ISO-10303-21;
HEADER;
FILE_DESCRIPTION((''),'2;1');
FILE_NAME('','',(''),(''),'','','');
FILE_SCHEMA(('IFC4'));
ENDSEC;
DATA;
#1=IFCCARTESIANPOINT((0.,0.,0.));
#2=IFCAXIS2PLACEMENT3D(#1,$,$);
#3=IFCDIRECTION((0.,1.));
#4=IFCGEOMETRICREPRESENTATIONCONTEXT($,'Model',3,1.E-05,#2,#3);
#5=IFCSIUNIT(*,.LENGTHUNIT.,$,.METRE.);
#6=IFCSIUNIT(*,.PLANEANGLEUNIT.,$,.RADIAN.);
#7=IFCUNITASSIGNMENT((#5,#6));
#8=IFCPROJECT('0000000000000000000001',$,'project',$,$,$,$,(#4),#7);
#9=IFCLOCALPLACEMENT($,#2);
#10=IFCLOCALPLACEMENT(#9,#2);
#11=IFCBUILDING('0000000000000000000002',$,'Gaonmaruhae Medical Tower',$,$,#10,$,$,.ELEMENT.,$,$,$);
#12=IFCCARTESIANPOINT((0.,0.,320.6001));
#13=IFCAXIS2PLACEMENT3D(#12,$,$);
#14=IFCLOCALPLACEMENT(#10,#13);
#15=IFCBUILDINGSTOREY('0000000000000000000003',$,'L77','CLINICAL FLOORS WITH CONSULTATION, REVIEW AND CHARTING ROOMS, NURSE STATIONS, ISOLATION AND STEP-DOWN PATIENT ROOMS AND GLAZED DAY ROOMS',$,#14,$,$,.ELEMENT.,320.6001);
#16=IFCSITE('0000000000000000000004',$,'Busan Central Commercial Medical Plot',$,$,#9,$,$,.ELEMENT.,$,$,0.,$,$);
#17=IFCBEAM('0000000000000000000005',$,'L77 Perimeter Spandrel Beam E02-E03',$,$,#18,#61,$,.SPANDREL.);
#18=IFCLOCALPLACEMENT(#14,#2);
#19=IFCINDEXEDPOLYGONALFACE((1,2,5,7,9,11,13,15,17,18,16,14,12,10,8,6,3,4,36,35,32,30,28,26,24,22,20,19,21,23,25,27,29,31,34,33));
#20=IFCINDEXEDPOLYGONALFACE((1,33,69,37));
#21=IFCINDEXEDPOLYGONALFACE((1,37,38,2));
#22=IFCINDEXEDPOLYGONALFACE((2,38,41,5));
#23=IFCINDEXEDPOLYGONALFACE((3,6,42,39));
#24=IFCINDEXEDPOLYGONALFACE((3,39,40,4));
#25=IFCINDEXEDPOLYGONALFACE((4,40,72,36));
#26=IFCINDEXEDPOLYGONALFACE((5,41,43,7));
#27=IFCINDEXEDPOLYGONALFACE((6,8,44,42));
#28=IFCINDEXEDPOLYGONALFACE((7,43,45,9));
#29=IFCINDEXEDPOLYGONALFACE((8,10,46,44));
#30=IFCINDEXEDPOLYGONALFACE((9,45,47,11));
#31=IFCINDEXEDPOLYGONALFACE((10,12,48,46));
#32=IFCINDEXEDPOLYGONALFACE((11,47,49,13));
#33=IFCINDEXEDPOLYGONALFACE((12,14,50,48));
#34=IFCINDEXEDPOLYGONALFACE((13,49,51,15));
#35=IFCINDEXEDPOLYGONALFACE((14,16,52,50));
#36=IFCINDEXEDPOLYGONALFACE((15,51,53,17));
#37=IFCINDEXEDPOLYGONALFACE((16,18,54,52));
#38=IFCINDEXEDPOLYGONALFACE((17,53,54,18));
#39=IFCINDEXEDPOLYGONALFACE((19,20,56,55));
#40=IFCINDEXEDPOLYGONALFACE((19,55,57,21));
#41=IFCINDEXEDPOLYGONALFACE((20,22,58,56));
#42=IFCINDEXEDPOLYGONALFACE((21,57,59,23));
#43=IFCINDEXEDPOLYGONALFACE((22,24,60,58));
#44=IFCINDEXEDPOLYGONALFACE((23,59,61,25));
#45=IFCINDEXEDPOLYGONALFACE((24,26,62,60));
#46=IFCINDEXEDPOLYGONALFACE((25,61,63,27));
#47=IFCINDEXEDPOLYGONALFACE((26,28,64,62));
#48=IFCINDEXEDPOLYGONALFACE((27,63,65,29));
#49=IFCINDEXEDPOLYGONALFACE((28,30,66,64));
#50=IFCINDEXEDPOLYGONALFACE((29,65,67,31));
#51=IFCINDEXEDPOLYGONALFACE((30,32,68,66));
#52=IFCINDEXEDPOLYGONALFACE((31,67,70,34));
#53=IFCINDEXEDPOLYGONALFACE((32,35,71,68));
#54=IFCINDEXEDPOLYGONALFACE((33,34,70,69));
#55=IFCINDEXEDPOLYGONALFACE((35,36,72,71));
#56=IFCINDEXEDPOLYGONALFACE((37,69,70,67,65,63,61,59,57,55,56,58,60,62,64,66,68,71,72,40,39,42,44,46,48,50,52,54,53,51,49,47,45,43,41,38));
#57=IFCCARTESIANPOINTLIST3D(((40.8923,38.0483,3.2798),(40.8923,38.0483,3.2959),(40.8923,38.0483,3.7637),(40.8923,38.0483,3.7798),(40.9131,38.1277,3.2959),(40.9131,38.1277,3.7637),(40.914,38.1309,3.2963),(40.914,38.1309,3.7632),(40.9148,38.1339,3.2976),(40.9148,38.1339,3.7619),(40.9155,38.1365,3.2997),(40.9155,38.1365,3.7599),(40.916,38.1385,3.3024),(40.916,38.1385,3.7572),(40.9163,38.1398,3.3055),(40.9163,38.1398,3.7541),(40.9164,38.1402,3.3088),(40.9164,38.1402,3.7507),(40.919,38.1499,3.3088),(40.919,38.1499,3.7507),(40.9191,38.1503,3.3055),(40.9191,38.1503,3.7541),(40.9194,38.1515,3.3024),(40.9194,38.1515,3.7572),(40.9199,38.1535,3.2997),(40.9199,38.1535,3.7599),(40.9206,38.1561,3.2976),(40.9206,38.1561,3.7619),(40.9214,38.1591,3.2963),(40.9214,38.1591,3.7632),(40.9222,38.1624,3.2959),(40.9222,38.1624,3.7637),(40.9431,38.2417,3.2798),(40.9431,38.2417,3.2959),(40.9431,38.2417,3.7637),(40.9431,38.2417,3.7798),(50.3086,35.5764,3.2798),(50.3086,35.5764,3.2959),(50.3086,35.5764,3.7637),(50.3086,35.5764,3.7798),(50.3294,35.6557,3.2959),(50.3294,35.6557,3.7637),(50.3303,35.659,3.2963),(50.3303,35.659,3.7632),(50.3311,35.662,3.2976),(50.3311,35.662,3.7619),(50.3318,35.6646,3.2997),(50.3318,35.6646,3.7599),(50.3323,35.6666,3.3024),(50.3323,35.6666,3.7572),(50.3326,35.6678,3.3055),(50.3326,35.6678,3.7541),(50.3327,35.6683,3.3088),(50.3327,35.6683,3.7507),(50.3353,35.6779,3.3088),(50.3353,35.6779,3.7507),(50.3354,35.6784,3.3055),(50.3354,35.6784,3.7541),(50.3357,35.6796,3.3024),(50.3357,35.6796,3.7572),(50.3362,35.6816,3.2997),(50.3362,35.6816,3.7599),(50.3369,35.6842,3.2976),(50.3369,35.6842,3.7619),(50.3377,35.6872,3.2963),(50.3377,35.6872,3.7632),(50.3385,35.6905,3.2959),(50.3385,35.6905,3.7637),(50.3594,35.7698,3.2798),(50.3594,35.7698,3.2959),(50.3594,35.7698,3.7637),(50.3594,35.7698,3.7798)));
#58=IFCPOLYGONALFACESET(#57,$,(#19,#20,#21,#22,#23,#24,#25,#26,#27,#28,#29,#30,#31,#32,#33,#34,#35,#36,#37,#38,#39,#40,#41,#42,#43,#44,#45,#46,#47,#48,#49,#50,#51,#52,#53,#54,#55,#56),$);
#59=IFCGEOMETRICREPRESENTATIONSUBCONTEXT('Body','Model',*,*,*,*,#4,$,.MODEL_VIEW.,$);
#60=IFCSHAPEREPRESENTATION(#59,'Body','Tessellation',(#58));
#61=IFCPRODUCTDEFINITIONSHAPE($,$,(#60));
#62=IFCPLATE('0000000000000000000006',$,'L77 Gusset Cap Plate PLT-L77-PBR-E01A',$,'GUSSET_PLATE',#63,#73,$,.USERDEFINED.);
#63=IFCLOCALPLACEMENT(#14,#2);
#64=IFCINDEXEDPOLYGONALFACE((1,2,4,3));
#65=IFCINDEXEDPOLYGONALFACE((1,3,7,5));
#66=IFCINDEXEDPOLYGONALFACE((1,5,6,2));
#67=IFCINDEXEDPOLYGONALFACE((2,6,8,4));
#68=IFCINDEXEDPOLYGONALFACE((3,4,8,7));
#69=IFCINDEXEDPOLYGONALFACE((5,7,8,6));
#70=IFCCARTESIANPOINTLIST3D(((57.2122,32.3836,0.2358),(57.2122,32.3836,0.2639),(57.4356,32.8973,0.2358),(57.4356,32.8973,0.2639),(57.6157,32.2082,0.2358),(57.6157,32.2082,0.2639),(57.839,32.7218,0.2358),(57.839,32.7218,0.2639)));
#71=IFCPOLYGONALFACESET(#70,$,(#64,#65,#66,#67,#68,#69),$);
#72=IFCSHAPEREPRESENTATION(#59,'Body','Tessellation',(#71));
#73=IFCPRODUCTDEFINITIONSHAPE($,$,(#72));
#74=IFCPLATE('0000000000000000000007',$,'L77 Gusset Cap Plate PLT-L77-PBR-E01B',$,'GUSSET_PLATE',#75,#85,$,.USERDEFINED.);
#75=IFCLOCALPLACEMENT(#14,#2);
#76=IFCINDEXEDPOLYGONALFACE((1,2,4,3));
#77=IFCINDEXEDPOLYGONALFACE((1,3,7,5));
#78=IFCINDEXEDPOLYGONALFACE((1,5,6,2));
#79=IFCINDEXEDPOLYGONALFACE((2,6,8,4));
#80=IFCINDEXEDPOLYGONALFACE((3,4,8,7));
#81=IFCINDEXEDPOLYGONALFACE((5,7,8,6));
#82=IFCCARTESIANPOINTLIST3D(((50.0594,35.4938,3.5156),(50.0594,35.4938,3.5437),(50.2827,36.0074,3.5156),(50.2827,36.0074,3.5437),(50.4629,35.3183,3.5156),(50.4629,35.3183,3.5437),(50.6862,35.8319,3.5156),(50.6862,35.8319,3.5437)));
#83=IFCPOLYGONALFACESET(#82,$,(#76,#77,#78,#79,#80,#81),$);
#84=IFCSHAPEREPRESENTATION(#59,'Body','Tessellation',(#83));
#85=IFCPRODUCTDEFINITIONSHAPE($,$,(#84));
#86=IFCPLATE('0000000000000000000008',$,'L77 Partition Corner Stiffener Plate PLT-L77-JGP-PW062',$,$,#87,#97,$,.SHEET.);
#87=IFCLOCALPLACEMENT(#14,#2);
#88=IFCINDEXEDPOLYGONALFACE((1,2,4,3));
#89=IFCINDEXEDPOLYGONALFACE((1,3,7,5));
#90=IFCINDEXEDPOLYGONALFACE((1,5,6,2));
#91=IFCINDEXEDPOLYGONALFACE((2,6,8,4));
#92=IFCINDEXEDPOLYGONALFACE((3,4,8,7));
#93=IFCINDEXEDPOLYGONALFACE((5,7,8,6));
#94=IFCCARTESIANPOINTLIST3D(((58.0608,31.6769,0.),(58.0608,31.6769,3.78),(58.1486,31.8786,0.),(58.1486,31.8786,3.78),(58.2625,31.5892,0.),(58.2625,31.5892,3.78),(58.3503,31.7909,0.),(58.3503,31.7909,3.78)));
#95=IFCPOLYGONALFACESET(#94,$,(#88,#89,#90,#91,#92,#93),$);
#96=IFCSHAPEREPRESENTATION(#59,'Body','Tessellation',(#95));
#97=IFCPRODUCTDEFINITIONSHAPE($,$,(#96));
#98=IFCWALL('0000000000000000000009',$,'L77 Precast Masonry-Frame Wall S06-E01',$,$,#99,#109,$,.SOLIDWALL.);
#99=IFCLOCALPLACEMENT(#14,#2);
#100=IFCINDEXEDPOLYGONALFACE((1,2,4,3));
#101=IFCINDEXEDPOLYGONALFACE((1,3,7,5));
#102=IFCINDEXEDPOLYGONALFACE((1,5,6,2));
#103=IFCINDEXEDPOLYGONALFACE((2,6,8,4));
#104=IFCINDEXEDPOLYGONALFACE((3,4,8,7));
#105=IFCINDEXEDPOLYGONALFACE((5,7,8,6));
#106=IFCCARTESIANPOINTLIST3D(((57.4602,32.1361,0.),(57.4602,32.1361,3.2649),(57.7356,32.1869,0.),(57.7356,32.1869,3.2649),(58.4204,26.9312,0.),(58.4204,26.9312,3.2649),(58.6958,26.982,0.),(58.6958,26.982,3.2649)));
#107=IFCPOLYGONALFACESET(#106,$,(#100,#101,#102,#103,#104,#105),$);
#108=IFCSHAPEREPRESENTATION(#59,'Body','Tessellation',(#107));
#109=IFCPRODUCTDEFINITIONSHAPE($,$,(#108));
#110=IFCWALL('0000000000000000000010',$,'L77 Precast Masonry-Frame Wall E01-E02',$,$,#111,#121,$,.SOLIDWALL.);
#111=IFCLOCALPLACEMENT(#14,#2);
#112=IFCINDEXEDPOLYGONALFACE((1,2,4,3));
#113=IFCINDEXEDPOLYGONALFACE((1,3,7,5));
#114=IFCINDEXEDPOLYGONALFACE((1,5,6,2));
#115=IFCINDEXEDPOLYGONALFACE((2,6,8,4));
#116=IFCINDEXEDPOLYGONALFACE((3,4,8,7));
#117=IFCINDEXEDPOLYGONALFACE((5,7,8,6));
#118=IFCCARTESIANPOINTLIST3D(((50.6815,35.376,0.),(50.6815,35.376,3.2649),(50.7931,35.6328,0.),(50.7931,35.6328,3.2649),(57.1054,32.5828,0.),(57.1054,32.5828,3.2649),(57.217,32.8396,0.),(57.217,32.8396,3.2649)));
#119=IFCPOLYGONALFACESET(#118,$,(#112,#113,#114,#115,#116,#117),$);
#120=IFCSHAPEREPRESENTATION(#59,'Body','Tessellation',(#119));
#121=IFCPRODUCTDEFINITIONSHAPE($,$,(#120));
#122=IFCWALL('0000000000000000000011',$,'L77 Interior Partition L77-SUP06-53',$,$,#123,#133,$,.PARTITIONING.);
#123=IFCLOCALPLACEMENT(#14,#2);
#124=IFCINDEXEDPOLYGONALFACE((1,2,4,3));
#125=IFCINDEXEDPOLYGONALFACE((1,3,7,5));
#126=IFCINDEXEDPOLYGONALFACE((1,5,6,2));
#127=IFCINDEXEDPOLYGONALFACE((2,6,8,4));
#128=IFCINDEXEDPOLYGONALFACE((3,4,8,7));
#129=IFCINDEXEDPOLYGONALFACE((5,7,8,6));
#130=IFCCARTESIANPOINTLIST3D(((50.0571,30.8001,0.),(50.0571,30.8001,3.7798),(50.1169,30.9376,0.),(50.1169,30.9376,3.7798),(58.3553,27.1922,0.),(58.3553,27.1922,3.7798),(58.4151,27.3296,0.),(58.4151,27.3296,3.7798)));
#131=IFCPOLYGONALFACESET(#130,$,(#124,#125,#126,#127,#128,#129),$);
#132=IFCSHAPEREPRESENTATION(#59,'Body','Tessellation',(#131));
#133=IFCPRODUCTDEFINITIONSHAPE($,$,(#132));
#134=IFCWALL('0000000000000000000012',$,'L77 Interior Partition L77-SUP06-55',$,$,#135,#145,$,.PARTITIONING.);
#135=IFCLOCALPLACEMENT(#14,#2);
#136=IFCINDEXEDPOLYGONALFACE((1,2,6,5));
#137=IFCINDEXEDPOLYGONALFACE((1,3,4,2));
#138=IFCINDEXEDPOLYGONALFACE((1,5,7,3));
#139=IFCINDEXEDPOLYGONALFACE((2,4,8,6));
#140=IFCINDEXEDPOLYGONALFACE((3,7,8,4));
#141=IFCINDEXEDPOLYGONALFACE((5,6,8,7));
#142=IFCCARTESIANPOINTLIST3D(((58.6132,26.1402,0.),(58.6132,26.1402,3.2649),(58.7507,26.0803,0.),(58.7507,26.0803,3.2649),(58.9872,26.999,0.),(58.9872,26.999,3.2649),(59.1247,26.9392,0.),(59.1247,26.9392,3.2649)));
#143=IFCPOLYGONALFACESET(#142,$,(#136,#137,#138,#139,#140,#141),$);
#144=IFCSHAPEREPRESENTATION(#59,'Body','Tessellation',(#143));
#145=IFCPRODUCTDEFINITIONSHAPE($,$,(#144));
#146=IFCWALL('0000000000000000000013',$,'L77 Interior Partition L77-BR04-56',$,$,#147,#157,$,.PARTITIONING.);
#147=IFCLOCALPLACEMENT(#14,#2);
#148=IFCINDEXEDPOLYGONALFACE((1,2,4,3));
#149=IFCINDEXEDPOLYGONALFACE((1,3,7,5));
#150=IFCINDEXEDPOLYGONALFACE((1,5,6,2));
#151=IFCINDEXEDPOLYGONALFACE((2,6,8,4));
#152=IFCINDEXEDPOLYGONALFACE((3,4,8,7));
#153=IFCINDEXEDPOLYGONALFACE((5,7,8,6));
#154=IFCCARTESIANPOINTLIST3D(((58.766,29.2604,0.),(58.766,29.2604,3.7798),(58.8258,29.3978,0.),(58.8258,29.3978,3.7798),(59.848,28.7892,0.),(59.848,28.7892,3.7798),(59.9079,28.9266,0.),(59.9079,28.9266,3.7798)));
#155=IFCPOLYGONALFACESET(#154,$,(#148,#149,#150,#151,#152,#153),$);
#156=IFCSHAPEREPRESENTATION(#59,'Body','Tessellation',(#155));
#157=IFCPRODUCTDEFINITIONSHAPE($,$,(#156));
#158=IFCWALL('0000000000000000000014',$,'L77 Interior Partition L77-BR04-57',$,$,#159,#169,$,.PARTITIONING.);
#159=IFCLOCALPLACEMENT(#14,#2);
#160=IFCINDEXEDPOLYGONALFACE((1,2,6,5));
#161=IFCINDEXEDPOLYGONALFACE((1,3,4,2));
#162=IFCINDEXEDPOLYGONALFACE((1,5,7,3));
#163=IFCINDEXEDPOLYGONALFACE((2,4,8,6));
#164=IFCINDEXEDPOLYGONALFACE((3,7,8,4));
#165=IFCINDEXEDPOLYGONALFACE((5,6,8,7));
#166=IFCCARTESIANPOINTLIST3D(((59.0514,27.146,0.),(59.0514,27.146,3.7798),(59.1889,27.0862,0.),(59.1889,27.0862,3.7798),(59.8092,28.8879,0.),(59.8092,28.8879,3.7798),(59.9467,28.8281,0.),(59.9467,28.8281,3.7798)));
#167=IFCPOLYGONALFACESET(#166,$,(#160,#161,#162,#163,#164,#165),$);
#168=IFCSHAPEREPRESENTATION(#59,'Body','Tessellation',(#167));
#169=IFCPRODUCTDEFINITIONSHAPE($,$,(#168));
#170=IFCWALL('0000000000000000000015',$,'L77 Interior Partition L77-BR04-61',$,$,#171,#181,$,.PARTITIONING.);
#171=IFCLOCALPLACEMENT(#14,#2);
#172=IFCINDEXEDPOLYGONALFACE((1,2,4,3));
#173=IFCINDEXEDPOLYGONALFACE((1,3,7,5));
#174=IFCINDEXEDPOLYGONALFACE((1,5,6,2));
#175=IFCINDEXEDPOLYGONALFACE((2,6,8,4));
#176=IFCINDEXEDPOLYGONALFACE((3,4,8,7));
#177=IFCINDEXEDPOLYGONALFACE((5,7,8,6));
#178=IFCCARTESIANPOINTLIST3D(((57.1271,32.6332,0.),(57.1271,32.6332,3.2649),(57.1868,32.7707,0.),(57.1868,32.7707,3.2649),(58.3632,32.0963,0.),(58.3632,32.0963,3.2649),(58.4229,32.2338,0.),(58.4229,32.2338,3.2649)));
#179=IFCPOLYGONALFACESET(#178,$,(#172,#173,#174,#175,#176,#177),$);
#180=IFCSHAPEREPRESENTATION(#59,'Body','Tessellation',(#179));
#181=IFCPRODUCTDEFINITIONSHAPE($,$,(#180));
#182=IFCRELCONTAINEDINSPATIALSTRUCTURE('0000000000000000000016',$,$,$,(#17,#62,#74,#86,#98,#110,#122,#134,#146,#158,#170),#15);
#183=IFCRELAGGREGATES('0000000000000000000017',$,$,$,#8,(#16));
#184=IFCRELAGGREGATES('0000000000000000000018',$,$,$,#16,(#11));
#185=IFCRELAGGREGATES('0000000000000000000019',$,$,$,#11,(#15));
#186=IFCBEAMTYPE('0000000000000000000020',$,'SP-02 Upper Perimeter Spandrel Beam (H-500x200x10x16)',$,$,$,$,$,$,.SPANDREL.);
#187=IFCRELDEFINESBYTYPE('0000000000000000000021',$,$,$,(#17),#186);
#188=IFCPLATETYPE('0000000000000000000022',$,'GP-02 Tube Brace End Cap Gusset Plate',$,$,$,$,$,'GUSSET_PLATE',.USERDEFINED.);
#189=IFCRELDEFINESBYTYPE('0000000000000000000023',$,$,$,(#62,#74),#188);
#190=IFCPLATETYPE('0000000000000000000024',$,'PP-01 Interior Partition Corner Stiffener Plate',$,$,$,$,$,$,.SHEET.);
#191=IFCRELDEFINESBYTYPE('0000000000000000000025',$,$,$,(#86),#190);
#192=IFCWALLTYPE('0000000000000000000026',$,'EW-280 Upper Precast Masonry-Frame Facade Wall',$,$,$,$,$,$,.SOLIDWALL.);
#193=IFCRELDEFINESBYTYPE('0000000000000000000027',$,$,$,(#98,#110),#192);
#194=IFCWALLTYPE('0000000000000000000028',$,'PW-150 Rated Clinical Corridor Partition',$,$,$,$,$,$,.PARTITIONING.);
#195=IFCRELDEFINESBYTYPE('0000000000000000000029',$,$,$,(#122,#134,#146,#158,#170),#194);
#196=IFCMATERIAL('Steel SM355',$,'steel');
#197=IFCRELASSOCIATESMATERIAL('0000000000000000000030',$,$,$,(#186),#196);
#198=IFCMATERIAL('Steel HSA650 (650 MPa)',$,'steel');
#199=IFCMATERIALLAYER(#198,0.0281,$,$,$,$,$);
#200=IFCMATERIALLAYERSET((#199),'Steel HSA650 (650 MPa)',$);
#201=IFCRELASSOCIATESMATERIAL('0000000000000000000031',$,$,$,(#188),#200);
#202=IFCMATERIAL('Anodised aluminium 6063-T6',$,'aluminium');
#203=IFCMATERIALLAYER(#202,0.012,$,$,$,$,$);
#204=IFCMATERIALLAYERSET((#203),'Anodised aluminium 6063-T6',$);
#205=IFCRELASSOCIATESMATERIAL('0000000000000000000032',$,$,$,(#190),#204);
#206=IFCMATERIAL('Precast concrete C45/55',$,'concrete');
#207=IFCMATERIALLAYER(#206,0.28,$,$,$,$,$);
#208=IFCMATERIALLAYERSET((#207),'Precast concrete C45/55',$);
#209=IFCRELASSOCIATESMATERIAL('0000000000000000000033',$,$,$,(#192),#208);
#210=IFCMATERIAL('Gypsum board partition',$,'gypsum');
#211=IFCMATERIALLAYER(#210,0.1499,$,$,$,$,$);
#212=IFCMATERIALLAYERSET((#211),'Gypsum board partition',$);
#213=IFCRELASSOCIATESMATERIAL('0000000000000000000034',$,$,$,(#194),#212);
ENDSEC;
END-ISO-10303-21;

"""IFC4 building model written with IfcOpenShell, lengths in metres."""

from ifc_helpers import new_model, si_unit, direction, frame, frame_2d, origin, origin_2d, place, context, subcontext, project, spatial, rectangle, i_section, extrude, material, layer, layer_set, material_profile, profile_set, type_object, element, save


model = new_model("IFC4")

# Units and contexts
model_context = context("Model", 3, precision=1e-05, world=origin(), true_north=direction((0.0, 1.0)))
body_context = subcontext(model_context, "Body", "Model", "MODEL_VIEW")
ifc_project = project(units=[si_unit("LENGTHUNIT", "METRE"), si_unit("PLANEANGLEUNIT", "RADIAN")], contexts=[model_context])

# Site, building, storey
site_placement = place(None, origin())
site = spatial("IfcSite", under=ifc_project, at=site_placement, Name="Busan Central Commercial Medical Plot", CompositionType="ELEMENT", RefElevation=0.0)
building_placement = place(site_placement, origin())
building = spatial("IfcBuilding", under=site, at=building_placement, Name="Gaonmaruhae Medical Tower", CompositionType="ELEMENT")
storey_placement = place(building_placement, frame((0.0, 0.0, 320.6001)))
storey = spatial("IfcBuildingStorey", under=building, at=storey_placement, Name="L77", Description="CLINICAL FLOORS WITH CONSULTATION, REVIEW AND CHARTING ROOMS, NURSE STATIONS, ISOLATION AND STEP-DOWN PATIENT ROOMS AND GLAZED DAY ROOMS", CompositionType="ELEMENT", Elevation=320.6001)

# Shared definitions
ifc_material_1 = material(Name="Steel SM355", Category="steel")

# Beam
ifc_material_profile_1 = material_profile(ifc_material_1, i_section(OverallWidth=0.2, OverallDepth=0.5, WebThickness=0.01, FlangeThickness=0.0161, FilletRadius=0.0129, at=origin_2d()), Name="H-500x200x10x16")
ifc_profile_set_1 = profile_set([ifc_material_profile_1], Name="Steel SM355")
beam_type = type_object("IfcBeamType", Name="SP-02 Upper Perimeter Spandrel Beam (H-500x200x10x16)", PredefinedType="SPANDREL", material=ifc_profile_set_1)
beam_1_placement = place(storey_placement, frame((50.334, 35.6731, 3.5298), z_axis=(-0.967227, 0.253913, 0.0), x_axis=(-0.253913, -0.967227, 0.0)))
element("IfcBeam", 1, at=beam_1_placement, inside=storey, type_object=beam_type, Name="L77 Perimeter Spandrel Beam E02-E03", PredefinedType="SPANDREL", context=body_context, shape_type="SweptSolid", body=[
    extrude(i_section(OverallWidth=0.2, OverallDepth=0.5, WebThickness=0.01, FlangeThickness=0.0161, FilletRadius=0.0129, at=origin_2d()), origin(), (0.0, 0.0, 1.0), 9.7354),
])

# Plates
ifc_material_2 = material(Name="Steel HSA650 (650 MPa)", Category="steel")
ifc_layer_1 = layer(ifc_material_2, 0.0281)
ifc_layer_set_1 = layer_set([ifc_layer_1], Name="Steel HSA650 (650 MPa)")
plate_type_1 = type_object("IfcPlateType", Name="GP-02 Tube Brace End Cap Gusset Plate", ElementType="GUSSET_PLATE", PredefinedType="USERDEFINED", material=ifc_layer_set_1)
for number, where, z_axis, x_axis, name in (
    (2, (57.5256, 32.5527, 0.2358), (0.0, 0.0, 1.0), (0.398749, 0.91706, 0.0), "L77 Gusset Cap Plate PLT-L77-PBR-E01A"),
    (3, (50.3728, 35.6628, 3.5156), (0.0, 0.0, 1.0), (0.398749, 0.91706, 0.0), "L77 Gusset Cap Plate PLT-L77-PBR-E01B"),
):
    element("IfcPlate", number, at=place(storey_placement, frame(where, z_axis=z_axis, x_axis=x_axis)), inside=storey, type_object=plate_type_1, Name=name, ObjectType="GUSSET_PLATE", PredefinedType="USERDEFINED", context=body_context, shape_type="SweptSolid", body=[
        extrude(rectangle(XDim=0.5601, YDim=0.4399, at=origin_2d()), origin(), (0.0, 0.0, 1.0), 0.0281),
    ])
ifc_material_3 = material(Name="Anodised aluminium 6063-T6", Category="aluminium")
ifc_layer_2 = layer(ifc_material_3, 0.012)
ifc_layer_set_2 = layer_set([ifc_layer_2], Name="Anodised aluminium 6063-T6")
plate_type_2 = type_object("IfcPlateType", Name="PP-01 Interior Partition Corner Stiffener Plate", PredefinedType="SHEET", material=ifc_layer_set_2)
plate_placement = place(storey_placement, frame((58.2056, 31.7339, 0.0), z_axis=(0.0, 0.0, 1.0), x_axis=(-0.398925, -0.916984, 0.0)))
element("IfcPlate", 4, at=plate_placement, inside=storey, type_object=plate_type_2, Name="L77 Partition Corner Stiffener Plate PLT-L77-JGP-PW062", PredefinedType="SHEET", context=body_context, shape_type="SweptSolid", body=[
    extrude(rectangle(XDim=0.22, YDim=0.22, at=origin_2d()), origin(), (0.0, 0.0, 1.0), 3.78),
])

# Walls
ifc_material_4 = material(Name="Precast concrete C45/55", Category="concrete")
ifc_layer_3 = layer(ifc_material_4, 0.28)
ifc_layer_set_3 = layer_set([ifc_layer_3], Name="Precast concrete C45/55")
wall_type_1 = type_object("IfcWallType", Name="EW-280 Upper Precast Masonry-Frame Facade Wall", PredefinedType="SOLIDWALL", material=ifc_layer_set_3)
wall_1_placement = place(storey_placement, frame((57.5979, 32.1616, 0.0), z_axis=(0.0, 0.0, 1.0), x_axis=(0.181422, -0.983405, 0.0)))
element("IfcWall", 5, at=wall_1_placement, inside=storey, type_object=wall_type_1, Name="L77 Precast Masonry-Frame Wall S06-E01", PredefinedType="SOLIDWALL", context=body_context, shape_type="SweptSolid", body=[
    extrude(rectangle(XDim=5.2927, YDim=0.28, at=frame_2d((2.6465, 0.0))), origin(), (0.0, 0.0, 1.0), 3.2649),
])
wall_2_placement = place(storey_placement, frame((50.7373, 35.5044, 0.0), z_axis=(0.0, 0.0, 1.0), x_axis=(0.917057, -0.398755, 0.0)))
element("IfcWall", 6, at=wall_2_placement, inside=storey, type_object=wall_type_1, Name="L77 Precast Masonry-Frame Wall E01-E02", PredefinedType="SOLIDWALL", context=body_context, shape_type="SweptSolid", body=[
    extrude(rectangle(XDim=7.0049, YDim=0.28, at=frame_2d((3.5024, 0.0))), origin(), (0.0, 0.0, 1.0), 3.2649),
])
ifc_material_5 = material(Name="Gypsum board partition", Category="gypsum")
ifc_layer_4 = layer(ifc_material_5, 0.1499)
ifc_layer_set_4 = layer_set([ifc_layer_4], Name="Gypsum board partition")
wall_type_2 = type_object("IfcWallType", Name="PW-150 Rated Clinical Corridor Partition", PredefinedType="PARTITIONING", material=ifc_layer_set_4)
wall_3_placement = place(storey_placement, frame((50.0869, 30.8689, 0.0), z_axis=(0.0, 0.0, 1.0), x_axis=(0.917068, -0.39873, 0.0)))
element("IfcWall", 7, at=wall_3_placement, inside=storey, type_object=wall_type_2, Name="L77 Interior Partition L77-SUP06-53", PredefinedType="PARTITIONING", context=body_context, shape_type="SweptSolid", body=[
    extrude(rectangle(XDim=9.0486, YDim=0.1499, at=frame_2d((4.5244, 0.0))), origin(), (0.0, 0.0, 1.0), 3.7798),
])
wall_4_placement = place(storey_placement, frame((59.0559, 26.969, 0.0), z_axis=(0.0, 0.0, 1.0), x_axis=(-0.39926, -0.916838, 0.0)))
element("IfcWall", 8, at=wall_4_placement, inside=storey, type_object=wall_type_2, Name="L77 Interior Partition L77-SUP06-55", PredefinedType="PARTITIONING", context=body_context, shape_type="SweptSolid", body=[
    extrude(rectangle(XDim=0.9368, YDim=0.1499, at=frame_2d((0.4683, 0.0))), origin(), (0.0, 0.0, 1.0), 3.2649),
])
wall_5_placement = place(storey_placement, frame((58.7959, 29.3291, 0.0), z_axis=(0.0, 0.0, 1.0), x_axis=(0.91684, -0.399256, 0.0)))
element("IfcWall", 9, at=wall_5_placement, inside=storey, type_object=wall_type_2, Name="L77 Interior Partition L77-BR04-56", PredefinedType="PARTITIONING", context=body_context, shape_type="SweptSolid", body=[
    extrude(rectangle(XDim=1.1802, YDim=0.1499, at=frame_2d((0.5901, 0.0))), origin(), (0.0, 0.0, 1.0), 3.7798),
])
wall_6_placement = place(storey_placement, frame((59.8779, 28.8579, 0.0), z_axis=(0.0, 0.0, 1.0), x_axis=(-0.398923, -0.916984, 0.0)))
element("IfcWall", 10, at=wall_6_placement, inside=storey, type_object=wall_type_2, Name="L77 Interior Partition L77-BR04-57", PredefinedType="PARTITIONING", context=body_context, shape_type="SweptSolid", body=[
    extrude(rectangle(XDim=1.8997, YDim=0.1499, at=frame_2d((0.9497, 0.0))), origin(), (0.0, 0.0, 1.0), 3.7798),
])
wall_7_placement = place(storey_placement, frame((57.157, 32.7019, 0.0), z_axis=(0.0, 0.0, 1.0), x_axis=(0.917223, -0.398375, 0.0)))
element("IfcWall", 11, at=wall_7_placement, inside=storey, type_object=wall_type_2, Name="L77 Interior Partition L77-BR04-61", PredefinedType="PARTITIONING", context=body_context, shape_type="SweptSolid", body=[
    extrude(rectangle(XDim=1.3477, YDim=0.1499, at=frame_2d((0.6738, 0.0))), origin(), (0.0, 0.0, 1.0), 3.2649),
])

save(model, "model.ifc")
